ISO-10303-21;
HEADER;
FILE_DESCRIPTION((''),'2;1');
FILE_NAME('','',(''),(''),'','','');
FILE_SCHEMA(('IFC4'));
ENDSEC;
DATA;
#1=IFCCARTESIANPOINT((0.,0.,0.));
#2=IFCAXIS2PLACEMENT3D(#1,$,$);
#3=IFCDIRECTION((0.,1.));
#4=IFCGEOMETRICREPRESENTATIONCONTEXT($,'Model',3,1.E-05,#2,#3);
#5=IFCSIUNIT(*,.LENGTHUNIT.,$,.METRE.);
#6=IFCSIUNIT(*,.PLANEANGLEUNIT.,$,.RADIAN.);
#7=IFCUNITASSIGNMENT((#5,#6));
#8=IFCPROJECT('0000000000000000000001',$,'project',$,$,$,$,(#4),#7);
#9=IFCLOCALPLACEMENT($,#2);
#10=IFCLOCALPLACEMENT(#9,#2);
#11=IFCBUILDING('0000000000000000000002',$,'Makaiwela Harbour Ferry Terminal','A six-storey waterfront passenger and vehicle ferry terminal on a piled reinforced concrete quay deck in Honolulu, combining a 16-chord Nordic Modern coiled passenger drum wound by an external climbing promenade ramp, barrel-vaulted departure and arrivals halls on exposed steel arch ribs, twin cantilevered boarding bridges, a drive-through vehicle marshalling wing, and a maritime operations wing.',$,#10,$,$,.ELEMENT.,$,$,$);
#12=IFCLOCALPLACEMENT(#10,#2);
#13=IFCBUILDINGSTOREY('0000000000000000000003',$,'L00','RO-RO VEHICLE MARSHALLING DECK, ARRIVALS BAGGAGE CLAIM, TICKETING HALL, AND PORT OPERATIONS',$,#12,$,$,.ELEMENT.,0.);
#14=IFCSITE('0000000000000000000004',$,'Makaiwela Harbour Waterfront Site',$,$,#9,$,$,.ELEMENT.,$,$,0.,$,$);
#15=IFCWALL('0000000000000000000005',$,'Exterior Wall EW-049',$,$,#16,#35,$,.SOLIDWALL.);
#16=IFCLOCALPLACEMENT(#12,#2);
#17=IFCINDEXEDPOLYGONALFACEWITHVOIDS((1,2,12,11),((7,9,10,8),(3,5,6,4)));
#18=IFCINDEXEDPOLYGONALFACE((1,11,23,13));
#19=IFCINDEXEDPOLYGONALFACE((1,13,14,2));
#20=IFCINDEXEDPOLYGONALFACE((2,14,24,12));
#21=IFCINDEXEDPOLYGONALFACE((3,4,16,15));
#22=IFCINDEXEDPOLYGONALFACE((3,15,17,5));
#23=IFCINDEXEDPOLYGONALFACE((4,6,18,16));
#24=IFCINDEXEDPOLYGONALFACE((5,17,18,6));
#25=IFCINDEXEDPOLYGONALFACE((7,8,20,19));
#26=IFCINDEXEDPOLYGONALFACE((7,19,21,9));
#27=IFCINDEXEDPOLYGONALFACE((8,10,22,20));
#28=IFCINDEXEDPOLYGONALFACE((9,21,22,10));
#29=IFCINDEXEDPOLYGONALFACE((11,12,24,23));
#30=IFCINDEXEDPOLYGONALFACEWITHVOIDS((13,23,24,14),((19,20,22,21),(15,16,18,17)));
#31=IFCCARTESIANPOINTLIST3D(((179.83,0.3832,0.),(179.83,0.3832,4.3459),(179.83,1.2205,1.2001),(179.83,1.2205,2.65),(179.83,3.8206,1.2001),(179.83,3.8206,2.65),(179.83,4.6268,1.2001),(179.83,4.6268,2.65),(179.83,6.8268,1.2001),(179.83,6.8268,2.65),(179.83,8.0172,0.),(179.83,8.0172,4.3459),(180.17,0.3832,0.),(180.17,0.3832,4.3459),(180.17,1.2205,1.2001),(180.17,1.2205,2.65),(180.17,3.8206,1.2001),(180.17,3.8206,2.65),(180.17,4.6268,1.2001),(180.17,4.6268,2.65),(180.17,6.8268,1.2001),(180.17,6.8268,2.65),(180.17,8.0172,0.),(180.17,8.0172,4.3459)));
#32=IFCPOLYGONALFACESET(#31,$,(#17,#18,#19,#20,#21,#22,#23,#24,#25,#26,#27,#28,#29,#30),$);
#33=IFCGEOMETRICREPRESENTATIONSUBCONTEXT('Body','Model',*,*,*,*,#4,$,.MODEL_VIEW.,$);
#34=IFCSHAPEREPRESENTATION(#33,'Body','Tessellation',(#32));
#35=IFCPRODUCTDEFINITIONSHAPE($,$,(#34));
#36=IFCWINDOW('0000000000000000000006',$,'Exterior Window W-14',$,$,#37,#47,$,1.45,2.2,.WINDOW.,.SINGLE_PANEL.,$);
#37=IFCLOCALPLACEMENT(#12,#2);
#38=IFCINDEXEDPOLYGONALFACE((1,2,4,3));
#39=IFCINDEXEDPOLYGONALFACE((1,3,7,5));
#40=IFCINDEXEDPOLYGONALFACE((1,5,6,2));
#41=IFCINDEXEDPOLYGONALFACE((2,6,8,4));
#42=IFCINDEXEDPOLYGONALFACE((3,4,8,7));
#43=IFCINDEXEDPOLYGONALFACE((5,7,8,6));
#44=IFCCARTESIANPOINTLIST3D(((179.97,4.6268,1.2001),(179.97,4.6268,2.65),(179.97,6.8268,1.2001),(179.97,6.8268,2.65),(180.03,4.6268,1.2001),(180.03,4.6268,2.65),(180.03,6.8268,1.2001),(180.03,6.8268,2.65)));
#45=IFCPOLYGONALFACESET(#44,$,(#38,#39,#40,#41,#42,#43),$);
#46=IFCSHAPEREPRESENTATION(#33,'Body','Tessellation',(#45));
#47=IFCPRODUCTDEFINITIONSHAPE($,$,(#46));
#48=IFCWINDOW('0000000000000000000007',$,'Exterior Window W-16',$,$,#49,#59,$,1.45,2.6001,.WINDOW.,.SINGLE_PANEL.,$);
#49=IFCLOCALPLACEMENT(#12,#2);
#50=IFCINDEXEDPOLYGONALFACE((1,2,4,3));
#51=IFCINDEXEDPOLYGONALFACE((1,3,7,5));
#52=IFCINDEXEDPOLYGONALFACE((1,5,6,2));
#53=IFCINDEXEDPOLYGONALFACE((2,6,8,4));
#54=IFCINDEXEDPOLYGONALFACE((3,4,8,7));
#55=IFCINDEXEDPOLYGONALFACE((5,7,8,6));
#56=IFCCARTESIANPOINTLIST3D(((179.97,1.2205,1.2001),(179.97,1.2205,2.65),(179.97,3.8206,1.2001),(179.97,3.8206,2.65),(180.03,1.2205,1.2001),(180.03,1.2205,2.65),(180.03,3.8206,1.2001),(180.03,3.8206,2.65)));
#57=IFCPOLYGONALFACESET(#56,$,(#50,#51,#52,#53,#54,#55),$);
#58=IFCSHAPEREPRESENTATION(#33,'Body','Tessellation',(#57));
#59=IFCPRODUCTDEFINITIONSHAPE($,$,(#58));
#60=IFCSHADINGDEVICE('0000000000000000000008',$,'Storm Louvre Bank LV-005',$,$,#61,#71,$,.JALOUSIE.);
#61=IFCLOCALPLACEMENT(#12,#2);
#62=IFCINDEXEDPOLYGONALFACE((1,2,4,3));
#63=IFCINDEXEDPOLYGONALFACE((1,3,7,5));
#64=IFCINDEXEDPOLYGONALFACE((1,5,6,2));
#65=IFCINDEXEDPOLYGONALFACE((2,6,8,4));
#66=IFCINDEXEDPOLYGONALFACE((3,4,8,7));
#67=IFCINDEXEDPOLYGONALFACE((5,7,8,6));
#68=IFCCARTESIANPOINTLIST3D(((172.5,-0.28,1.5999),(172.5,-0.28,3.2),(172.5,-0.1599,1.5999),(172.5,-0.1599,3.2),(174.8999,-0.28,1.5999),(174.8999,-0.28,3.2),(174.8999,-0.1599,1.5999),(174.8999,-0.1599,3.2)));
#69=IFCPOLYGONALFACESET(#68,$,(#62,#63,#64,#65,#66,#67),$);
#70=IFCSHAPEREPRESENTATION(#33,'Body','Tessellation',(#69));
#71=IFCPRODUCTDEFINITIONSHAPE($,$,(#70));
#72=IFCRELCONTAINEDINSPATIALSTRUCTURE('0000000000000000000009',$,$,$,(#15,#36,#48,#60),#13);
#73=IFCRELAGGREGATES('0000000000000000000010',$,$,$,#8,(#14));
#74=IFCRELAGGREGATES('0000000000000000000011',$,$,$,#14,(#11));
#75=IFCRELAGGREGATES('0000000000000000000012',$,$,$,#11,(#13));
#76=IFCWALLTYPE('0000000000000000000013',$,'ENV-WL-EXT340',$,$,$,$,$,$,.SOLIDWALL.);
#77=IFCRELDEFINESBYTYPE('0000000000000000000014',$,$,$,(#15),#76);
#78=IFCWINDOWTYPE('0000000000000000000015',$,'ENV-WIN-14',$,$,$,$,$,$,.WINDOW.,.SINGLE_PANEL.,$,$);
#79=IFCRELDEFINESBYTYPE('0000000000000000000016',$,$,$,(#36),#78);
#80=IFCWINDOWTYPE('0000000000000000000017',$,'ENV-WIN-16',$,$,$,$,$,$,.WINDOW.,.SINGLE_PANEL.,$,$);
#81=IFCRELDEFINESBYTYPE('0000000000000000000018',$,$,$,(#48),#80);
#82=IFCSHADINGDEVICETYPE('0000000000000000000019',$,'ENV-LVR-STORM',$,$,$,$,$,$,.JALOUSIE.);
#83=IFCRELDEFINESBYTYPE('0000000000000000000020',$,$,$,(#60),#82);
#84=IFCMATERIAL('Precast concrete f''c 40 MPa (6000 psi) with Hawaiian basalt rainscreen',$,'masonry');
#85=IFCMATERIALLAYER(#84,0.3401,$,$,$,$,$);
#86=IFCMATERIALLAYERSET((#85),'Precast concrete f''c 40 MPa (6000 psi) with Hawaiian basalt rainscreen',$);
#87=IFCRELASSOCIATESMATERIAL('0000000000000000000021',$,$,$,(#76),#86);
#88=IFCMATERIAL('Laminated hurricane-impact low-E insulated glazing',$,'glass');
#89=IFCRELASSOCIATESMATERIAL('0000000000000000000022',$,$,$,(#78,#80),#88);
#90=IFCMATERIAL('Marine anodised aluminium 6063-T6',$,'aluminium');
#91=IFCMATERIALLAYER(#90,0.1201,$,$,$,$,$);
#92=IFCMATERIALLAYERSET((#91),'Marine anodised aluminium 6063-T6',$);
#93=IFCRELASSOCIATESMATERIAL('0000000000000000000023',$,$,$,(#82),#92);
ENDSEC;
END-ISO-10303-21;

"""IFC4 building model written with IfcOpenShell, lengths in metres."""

from ifc_helpers import new_model, si_unit, direction, frame, frame_2d, origin, origin_2d, place, context, subcontext, project, spatial, rectangle, extrude, material, layer, layer_set, type_object, element, fill, save


model = new_model("IFC4")

# Units and contexts
model_context = context("Model", 3, precision=1e-05, world=origin(), true_north=direction((0.0, 1.0)))
body_context = subcontext(model_context, "Body", "Model", "MODEL_VIEW")
ifc_project = project(units=[si_unit("LENGTHUNIT", "METRE"), si_unit("PLANEANGLEUNIT", "RADIAN")], contexts=[model_context])

# Site, building, storey
site_placement = place(None, origin())
site = spatial("IfcSite", under=ifc_project, at=site_placement, Name="Makaiwela Harbour Waterfront Site", CompositionType="ELEMENT", RefElevation=0.0)
building_placement = place(site_placement, origin())
building = spatial("IfcBuilding", under=site, at=building_placement, Name="Makaiwela Harbour Ferry Terminal", Description="A six-storey waterfront passenger and vehicle ferry terminal on a piled reinforced concrete quay deck in Honolulu, combining a 16-chord Nordic Modern coiled passenger drum wound by an external climbing promenade ramp, barrel-vaulted departure and arrivals halls on exposed steel arch ribs, twin cantilevered boarding bridges, a drive-through vehicle marshalling wing, and a maritime operations wing.", CompositionType="ELEMENT")
storey_placement = place(building_placement, origin())
storey = spatial("IfcBuildingStorey", under=building, at=storey_placement, Name="L00", Description="RO-RO VEHICLE MARSHALLING DECK, ARRIVALS BAGGAGE CLAIM, TICKETING HALL, AND PORT OPERATIONS", CompositionType="ELEMENT", Elevation=0.0)

# Wall, openings, windows
ifc_material_1 = material(Name="Precast concrete f'c 40 MPa (6000 psi) with Hawaiian basalt rainscreen", Category="masonry")
ifc_layer_1 = layer(ifc_material_1, 0.3401)
ifc_layer_set_1 = layer_set([ifc_layer_1], Name="Precast concrete f'c 40 MPa (6000 psi) with Hawaiian basalt rainscreen")
wall_type = type_object("IfcWallType", Name="ENV-WL-EXT340", PredefinedType="SOLIDWALL", material=ifc_layer_set_1)
ifc_material_2 = material(Name="Laminated hurricane-impact low-E insulated glazing", Category="glass")
wall_1_placement = place(storey_placement, frame((180.0, 8.0171, 0.0), z_axis=(0.0, 0.0, 1.0), x_axis=(0.0, -1.0, 0.0)))
wall_1 = element("IfcWall", 1, at=wall_1_placement, inside=storey, type_object=wall_type, Name="Exterior Wall EW-049", PredefinedType="SOLIDWALL", context=body_context, shape_type="SweptSolid", body=[
    extrude(rectangle(XDim=7.634, YDim=0.3401, at=frame_2d((3.8169, 0.0))), origin(), (0.0, 0.0, 1.0), 4.3459),
])
opening_1_placement = place(wall_1_placement, frame((1.1902, 0.0, 1.2)))
opening_1 = element("IfcOpeningElement", 2, at=opening_1_placement, cuts=wall_1, PredefinedType="OPENING", context=body_context, shape_type="SweptSolid", body=[
    extrude(rectangle(XDim=2.2, YDim=1.45, at=frame_2d((1.1001, 0.7251))), frame((0.0, 0.1799, 0.0), z_axis=(0.0, -1.0, 0.0), x_axis=(1.0, 0.0, 0.0)), (0.0, 0.0, 1.0), 0.3601),
])
opening_2_placement = place(wall_1_placement, frame((4.1965, 0.0, 1.2)))
opening_2 = element("IfcOpeningElement", 3, at=opening_2_placement, cuts=wall_1, PredefinedType="OPENING", context=body_context, shape_type="SweptSolid", body=[
    extrude(rectangle(XDim=2.6001, YDim=1.45, at=frame_2d((1.3, 0.7251))), frame((0.0, 0.1799, 0.0), z_axis=(0.0, -1.0, 0.0), x_axis=(1.0, 0.0, 0.0)), (0.0, 0.0, 1.0), 0.3601),
])
window_type_1 = type_object("IfcWindowType", Name="ENV-WIN-14", PartitioningType="SINGLE_PANEL", PredefinedType="WINDOW", material=ifc_material_2)
window_1_placement = place(opening_1_placement, origin())
window_1 = element("IfcWindow", 4, at=window_1_placement, inside=storey, type_object=window_type_1, Name="Exterior Window W-14", OverallHeight=1.45, OverallWidth=2.2, PartitioningType="SINGLE_PANEL", PredefinedType="WINDOW", context=body_context, shape_type="SweptSolid", body=[
    extrude(rectangle(XDim=2.2, YDim=1.45, at=frame_2d((1.1001, 0.7251))), frame((0.0, 0.03, 0.0), z_axis=(0.0, -1.0, 0.0), x_axis=(1.0, 0.0, 0.0)), (0.0, 0.0, 1.0), 0.0601),
])
fill(opening_1, window_1)
window_type_2 = type_object("IfcWindowType", Name="ENV-WIN-16", PartitioningType="SINGLE_PANEL", PredefinedType="WINDOW", material=ifc_material_2)
window_2_placement = place(opening_2_placement, origin())
window_2 = element("IfcWindow", 5, at=window_2_placement, inside=storey, type_object=window_type_2, Name="Exterior Window W-16", OverallHeight=1.45, OverallWidth=2.6001, PartitioningType="SINGLE_PANEL", PredefinedType="WINDOW", context=body_context, shape_type="SweptSolid", body=[
    extrude(rectangle(XDim=2.6001, YDim=1.45, at=frame_2d((1.3, 0.7251))), frame((0.0, 0.03, 0.0), z_axis=(0.0, -1.0, 0.0), x_axis=(1.0, 0.0, 0.0)), (0.0, 0.0, 1.0), 0.0601),
])
fill(opening_2, window_2)

# Shading device
ifc_material_3 = material(Name="Marine anodised aluminium 6063-T6", Category="aluminium")
ifc_layer_2 = layer(ifc_material_3, 0.1201)
ifc_layer_set_2 = layer_set([ifc_layer_2], Name="Marine anodised aluminium 6063-T6")
shading_device_type = type_object("IfcShadingDeviceType", Name="ENV-LVR-STORM", PredefinedType="JALOUSIE", material=ifc_layer_set_2)
shading_device_placement = place(storey_placement, frame((173.7, -0.22, 1.5999), z_axis=(0.0, 0.0, 1.0), x_axis=(-1.0, 0.0, 0.0)))
element("IfcShadingDevice", 6, at=shading_device_placement, inside=storey, type_object=shading_device_type, Name="Storm Louvre Bank LV-005", PredefinedType="JALOUSIE", context=body_context, shape_type="SweptSolid", body=[
    extrude(rectangle(XDim=2.3999, YDim=0.1201, at=origin_2d()), origin(), (0.0, 0.0, 1.0), 1.6001),
])

save(model, "model.ifc")
